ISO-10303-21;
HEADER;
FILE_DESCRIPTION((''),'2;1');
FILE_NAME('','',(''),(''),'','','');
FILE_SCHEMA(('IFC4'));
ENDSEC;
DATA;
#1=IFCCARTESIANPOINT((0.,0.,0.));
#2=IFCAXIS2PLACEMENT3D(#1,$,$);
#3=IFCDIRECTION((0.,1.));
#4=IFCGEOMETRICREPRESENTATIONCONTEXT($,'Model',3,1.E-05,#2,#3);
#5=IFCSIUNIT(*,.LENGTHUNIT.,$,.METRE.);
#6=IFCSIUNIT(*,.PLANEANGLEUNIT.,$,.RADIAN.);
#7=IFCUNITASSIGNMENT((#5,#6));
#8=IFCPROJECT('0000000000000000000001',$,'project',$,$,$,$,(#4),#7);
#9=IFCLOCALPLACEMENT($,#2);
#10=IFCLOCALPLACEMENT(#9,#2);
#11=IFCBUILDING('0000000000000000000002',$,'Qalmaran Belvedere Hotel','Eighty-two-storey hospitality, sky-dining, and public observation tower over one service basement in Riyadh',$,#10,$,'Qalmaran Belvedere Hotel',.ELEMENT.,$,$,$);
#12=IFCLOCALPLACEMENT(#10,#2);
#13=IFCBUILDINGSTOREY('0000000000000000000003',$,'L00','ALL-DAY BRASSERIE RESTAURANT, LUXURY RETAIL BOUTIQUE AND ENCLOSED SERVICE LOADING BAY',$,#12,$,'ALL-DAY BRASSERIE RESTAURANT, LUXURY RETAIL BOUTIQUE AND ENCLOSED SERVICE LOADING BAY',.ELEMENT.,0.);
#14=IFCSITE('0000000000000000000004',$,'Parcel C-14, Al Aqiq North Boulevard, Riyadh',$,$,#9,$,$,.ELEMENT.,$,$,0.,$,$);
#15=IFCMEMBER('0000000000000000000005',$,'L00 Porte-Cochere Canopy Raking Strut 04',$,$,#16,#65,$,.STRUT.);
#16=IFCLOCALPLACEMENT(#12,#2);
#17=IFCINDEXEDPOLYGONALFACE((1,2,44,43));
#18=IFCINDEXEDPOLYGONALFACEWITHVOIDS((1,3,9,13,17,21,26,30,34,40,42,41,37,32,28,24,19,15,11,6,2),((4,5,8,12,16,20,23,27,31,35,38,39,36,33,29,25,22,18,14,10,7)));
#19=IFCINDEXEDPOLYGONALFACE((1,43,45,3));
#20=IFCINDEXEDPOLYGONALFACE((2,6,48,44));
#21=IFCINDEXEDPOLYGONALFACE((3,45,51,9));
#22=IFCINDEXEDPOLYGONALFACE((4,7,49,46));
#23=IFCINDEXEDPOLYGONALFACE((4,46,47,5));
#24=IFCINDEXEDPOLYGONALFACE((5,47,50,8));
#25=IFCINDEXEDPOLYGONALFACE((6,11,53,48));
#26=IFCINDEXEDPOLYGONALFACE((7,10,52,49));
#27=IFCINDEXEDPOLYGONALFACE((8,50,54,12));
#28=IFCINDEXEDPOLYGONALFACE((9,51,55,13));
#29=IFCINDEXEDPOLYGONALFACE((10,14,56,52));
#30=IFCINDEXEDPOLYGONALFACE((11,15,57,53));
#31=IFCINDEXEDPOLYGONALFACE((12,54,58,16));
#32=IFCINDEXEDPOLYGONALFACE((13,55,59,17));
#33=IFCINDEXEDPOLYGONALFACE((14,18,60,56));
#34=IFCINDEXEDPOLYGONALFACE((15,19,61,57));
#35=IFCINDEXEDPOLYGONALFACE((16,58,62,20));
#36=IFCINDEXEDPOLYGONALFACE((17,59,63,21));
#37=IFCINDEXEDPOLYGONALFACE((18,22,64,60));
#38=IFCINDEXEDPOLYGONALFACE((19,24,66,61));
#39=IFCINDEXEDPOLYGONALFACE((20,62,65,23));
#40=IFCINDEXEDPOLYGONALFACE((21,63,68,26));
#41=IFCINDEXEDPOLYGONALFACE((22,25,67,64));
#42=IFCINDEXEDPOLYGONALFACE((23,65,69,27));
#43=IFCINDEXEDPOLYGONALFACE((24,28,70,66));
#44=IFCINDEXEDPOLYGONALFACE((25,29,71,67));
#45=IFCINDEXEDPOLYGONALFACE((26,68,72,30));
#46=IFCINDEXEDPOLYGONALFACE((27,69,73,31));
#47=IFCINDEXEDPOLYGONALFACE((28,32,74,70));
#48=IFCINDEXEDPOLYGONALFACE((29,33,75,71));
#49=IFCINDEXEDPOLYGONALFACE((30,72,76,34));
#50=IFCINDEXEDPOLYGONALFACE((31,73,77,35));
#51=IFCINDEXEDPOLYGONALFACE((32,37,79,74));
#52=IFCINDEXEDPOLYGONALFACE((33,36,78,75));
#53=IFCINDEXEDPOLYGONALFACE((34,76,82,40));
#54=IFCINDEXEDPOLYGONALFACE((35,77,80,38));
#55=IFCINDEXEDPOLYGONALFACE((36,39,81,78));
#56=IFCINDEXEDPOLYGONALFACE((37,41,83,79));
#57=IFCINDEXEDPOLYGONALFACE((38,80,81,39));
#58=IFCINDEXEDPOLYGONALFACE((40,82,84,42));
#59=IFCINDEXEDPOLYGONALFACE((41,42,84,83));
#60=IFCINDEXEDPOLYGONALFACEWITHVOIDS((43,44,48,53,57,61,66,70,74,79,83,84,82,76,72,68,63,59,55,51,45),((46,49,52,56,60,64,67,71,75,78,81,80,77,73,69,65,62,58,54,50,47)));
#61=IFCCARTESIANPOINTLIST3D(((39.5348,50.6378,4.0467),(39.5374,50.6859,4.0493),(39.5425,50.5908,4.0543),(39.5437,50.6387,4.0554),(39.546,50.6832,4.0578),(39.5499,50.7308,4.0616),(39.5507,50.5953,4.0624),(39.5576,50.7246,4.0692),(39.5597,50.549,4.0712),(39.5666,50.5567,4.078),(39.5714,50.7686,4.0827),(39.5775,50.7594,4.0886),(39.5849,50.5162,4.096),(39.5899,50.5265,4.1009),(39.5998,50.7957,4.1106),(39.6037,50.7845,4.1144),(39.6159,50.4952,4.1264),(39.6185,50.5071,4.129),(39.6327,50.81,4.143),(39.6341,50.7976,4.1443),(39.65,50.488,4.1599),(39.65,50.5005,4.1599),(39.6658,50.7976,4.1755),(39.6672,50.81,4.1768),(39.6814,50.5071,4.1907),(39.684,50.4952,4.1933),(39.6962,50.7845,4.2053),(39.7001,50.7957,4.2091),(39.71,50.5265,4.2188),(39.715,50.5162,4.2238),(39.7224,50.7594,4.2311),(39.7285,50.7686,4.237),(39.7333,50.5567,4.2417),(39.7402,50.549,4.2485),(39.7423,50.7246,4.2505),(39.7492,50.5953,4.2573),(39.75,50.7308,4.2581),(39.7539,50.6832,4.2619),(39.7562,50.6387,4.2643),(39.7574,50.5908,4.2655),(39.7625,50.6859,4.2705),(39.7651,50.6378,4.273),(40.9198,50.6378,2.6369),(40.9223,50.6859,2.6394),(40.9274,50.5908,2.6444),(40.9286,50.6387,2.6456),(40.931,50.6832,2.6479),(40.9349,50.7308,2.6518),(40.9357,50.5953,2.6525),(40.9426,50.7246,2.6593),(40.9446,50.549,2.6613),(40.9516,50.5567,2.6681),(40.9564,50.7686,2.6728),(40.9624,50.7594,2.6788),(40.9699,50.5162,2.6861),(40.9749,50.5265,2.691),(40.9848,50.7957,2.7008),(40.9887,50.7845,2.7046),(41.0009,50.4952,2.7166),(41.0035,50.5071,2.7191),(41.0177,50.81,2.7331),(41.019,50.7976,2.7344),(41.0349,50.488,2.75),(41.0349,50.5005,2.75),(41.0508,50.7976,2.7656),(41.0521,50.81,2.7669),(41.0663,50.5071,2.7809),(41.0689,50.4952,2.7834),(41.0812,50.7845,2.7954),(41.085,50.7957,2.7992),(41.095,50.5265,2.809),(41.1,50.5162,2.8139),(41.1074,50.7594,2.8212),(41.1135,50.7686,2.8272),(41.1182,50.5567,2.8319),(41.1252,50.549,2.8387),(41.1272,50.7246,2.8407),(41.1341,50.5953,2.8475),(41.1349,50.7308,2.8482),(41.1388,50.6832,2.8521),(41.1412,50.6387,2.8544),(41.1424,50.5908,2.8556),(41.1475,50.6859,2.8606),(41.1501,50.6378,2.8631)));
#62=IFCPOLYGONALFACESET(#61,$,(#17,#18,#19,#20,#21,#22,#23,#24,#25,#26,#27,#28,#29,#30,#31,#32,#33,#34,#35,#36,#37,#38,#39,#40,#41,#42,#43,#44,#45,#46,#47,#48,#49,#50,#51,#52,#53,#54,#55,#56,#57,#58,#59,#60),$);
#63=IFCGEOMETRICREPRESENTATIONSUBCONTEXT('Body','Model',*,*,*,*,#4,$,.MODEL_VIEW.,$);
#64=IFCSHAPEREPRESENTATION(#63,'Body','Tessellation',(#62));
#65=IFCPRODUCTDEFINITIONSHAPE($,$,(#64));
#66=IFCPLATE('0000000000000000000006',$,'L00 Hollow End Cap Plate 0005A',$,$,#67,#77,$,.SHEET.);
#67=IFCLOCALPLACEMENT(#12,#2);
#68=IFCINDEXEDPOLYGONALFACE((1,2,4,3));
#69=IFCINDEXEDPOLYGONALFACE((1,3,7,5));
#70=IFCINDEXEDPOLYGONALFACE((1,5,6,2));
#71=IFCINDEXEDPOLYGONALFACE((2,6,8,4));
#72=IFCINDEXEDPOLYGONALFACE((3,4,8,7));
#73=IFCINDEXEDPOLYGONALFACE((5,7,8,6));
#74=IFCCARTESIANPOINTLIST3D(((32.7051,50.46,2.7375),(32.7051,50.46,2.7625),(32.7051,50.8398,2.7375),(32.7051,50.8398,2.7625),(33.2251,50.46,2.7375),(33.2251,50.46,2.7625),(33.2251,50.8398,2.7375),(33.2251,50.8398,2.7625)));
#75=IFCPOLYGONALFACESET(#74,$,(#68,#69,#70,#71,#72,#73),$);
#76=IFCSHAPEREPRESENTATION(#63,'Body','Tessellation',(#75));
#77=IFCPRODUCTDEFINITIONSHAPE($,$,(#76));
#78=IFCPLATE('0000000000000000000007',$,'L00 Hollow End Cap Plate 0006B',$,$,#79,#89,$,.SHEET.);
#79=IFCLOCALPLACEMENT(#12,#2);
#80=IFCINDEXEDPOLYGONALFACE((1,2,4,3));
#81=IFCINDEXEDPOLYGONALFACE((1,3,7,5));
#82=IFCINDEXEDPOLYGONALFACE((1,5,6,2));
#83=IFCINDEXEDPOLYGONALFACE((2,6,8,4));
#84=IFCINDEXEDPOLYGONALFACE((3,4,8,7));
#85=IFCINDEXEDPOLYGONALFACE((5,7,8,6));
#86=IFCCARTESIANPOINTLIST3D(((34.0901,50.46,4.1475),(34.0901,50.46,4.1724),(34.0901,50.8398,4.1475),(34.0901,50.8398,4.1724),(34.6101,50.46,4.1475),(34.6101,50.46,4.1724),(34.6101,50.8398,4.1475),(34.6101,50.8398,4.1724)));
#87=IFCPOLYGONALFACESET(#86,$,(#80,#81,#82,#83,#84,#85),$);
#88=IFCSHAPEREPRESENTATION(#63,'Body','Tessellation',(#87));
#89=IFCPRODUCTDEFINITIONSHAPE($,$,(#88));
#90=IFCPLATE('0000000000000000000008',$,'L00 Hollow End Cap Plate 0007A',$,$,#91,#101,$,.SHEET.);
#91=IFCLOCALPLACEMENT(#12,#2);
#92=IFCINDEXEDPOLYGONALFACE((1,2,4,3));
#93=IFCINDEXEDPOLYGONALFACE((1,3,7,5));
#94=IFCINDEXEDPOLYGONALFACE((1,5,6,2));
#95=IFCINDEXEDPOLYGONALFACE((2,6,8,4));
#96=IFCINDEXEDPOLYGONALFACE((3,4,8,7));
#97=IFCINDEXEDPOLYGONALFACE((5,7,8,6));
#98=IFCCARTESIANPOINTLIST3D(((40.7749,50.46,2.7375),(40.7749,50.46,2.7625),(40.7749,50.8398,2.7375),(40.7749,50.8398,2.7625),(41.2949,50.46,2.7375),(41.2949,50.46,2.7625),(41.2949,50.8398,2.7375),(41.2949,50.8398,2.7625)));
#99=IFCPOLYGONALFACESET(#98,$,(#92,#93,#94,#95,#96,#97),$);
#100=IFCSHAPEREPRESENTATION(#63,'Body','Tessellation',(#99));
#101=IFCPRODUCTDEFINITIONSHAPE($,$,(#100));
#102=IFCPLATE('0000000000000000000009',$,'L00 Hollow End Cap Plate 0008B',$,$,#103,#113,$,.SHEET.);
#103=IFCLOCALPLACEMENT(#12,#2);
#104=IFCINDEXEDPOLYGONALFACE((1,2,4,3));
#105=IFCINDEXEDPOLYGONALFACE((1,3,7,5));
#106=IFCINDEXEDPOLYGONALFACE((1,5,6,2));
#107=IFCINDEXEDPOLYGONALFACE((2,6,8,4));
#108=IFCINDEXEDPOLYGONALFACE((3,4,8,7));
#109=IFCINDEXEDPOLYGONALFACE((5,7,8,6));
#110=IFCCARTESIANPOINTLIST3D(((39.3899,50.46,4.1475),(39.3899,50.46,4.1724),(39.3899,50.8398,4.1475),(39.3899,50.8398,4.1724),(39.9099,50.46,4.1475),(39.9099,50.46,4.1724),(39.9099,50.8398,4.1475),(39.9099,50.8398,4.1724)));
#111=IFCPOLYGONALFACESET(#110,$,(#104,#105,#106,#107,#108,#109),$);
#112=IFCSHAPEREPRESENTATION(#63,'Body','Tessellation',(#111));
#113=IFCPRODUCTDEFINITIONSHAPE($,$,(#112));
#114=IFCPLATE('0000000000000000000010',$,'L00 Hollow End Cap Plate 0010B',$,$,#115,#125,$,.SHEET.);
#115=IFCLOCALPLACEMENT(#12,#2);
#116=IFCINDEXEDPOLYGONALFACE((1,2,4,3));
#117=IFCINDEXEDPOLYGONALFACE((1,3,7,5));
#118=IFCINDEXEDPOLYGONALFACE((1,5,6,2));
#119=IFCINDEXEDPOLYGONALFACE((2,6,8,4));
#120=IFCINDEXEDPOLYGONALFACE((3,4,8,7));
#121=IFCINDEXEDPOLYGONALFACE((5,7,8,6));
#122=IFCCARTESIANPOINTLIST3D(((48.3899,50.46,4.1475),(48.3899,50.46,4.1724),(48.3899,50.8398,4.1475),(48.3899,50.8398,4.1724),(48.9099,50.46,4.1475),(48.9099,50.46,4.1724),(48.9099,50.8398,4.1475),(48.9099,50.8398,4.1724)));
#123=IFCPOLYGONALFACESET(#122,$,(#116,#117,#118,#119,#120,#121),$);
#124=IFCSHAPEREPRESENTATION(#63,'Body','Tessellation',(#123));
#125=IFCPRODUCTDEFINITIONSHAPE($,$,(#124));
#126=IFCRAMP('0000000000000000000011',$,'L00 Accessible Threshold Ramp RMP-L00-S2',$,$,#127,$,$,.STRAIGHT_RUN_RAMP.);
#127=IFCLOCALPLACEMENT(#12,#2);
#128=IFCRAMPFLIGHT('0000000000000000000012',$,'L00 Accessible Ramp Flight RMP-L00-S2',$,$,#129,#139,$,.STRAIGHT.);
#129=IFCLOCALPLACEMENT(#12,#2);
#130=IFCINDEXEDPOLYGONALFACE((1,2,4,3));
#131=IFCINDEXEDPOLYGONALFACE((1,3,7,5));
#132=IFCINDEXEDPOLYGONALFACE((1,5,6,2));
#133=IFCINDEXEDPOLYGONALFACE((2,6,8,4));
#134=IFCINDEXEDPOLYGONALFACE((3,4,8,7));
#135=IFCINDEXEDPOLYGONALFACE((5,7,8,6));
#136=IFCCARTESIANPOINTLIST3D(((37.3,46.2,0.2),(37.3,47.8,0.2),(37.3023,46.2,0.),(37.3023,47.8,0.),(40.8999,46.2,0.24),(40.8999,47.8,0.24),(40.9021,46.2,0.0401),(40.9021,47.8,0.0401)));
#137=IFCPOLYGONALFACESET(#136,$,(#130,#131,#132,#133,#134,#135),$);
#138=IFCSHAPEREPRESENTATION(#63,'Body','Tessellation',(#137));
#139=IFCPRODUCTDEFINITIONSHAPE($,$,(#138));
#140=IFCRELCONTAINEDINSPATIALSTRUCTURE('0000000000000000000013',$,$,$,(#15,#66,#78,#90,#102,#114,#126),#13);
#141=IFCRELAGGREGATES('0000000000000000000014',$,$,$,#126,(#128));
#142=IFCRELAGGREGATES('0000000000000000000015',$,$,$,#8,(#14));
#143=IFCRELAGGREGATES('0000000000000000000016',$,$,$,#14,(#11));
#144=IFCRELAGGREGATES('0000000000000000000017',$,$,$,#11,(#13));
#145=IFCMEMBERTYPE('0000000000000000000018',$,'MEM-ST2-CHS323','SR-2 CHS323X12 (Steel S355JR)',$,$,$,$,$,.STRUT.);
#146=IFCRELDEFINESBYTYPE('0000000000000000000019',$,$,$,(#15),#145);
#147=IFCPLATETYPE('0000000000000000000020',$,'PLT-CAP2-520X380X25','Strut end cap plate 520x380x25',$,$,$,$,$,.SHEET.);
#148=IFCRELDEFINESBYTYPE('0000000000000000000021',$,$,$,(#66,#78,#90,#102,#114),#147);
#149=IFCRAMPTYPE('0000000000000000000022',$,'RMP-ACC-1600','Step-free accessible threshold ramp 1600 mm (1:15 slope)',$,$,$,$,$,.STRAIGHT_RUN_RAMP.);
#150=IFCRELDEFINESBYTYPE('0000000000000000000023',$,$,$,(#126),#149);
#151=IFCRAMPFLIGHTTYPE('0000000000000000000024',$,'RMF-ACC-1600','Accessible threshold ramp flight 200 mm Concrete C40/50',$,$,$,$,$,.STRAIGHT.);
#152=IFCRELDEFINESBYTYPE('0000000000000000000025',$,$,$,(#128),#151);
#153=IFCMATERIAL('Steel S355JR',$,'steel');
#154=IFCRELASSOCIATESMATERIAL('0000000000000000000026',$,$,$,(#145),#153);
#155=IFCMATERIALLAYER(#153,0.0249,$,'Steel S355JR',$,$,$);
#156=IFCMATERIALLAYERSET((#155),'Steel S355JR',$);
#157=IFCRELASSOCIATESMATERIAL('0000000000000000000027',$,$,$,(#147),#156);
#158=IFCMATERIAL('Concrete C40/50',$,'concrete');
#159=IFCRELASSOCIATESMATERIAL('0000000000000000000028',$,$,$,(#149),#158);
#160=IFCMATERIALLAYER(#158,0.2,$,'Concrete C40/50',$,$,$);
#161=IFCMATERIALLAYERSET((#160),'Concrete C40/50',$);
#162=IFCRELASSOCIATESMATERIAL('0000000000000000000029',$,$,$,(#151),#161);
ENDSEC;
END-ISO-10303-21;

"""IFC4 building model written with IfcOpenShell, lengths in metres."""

from ifc_helpers import new_model, si_unit, direction, frame, origin, origin_2d, place, context, subcontext, project, spatial, polyline, rectangle, hollow_circle, outline, extrude, material, layer, layer_set, material_profile, profile_set, type_object, element, aggregate, save


model = new_model("IFC4")

# Units and contexts
model_context = context("Model", 3, precision=1e-05, world=origin(), true_north=direction((0.0, 1.0)))
body_context = subcontext(model_context, "Body", "Model", "MODEL_VIEW")
ifc_project = project(units=[si_unit("LENGTHUNIT", "METRE"), si_unit("PLANEANGLEUNIT", "RADIAN")], contexts=[model_context])

# Site, building, storey
site_placement = place(None, origin())
site = spatial("IfcSite", under=ifc_project, at=site_placement, Name="Parcel C-14, Al Aqiq North Boulevard, Riyadh", CompositionType="ELEMENT", RefElevation=0.0)
building_placement = place(site_placement, origin())
building = spatial("IfcBuilding", under=site, at=building_placement, Name="Qalmaran Belvedere Hotel", Description="Eighty-two-storey hospitality, sky-dining, and public observation tower over one service basement in Riyadh", LongName="Qalmaran Belvedere Hotel", CompositionType="ELEMENT")
storey_placement = place(building_placement, origin())
storey = spatial("IfcBuildingStorey", under=building, at=storey_placement, Name="L00", Description="ALL-DAY BRASSERIE RESTAURANT, LUXURY RETAIL BOUTIQUE AND ENCLOSED SERVICE LOADING BAY", LongName="ALL-DAY BRASSERIE RESTAURANT, LUXURY RETAIL BOUTIQUE AND ENCLOSED SERVICE LOADING BAY", CompositionType="ELEMENT", Elevation=0.0)

# Shared definitions
ifc_material_1 = material(Name="Steel S355JR", Category="steel")

# Member
ifc_material_profile_1 = material_profile(ifc_material_1, hollow_circle(Radius=0.1619, WallThickness=0.0125, at=origin_2d()), Name="CHS323X12")
ifc_profile_set_1 = profile_set([ifc_material_profile_1], Name="Steel S355JR")
member_type_1 = type_object("IfcMemberType", Name="MEM-ST2-CHS323", Description="SR-2 CHS323X12 (Steel S355JR)", PredefinedType="STRUT", material=ifc_profile_set_1)
member_1_placement = place(storey_placement, frame((41.0349, 50.6499, 2.75), z_axis=(-0.700779, 0.0, 0.713379), x_axis=(0.0, -1.0, 0.0)))
element("IfcMember", 1, at=member_1_placement, inside=storey, type_object=member_type_1, Name="L00 Porte-Cochere Canopy Raking Strut 04", PredefinedType="STRUT", context=body_context, shape_type="SweptSolid", body=[
    extrude(hollow_circle(Radius=0.1619, WallThickness=0.0125, at=origin_2d()), origin(), (0.0, 0.0, 1.0), 1.9763),
])

# Plates
ifc_layer_1 = layer(ifc_material_1, 0.0249, Name="Steel S355JR")
ifc_layer_set_1 = layer_set([ifc_layer_1], Name="Steel S355JR")
plate_type = type_object("IfcPlateType", Name="PLT-CAP2-520X380X25", Description="Strut end cap plate 520x380x25", PredefinedType="SHEET", material=ifc_layer_set_1)
for number, where, z_axis, x_axis, name in (
    (2, (32.9651, 50.6499, 2.7375), (0.0, 0.0, 1.0), (1.0, 0.0, 0.0), "L00 Hollow End Cap Plate 0005A"),
    (3, (34.3501, 50.6499, 4.1475), (0.0, 0.0, 1.0), (1.0, 0.0, 0.0), "L00 Hollow End Cap Plate 0006B"),
    (4, (41.0349, 50.6499, 2.7375), (0.0, 0.0, 1.0), (-1.0, 0.0, 0.0), "L00 Hollow End Cap Plate 0007A"),
    (5, (39.6499, 50.6499, 4.1475), (0.0, 0.0, 1.0), (-1.0, 0.0, 0.0), "L00 Hollow End Cap Plate 0008B"),
    (6, (48.6499, 50.6499, 4.1475), (0.0, 0.0, 1.0), (-1.0, 0.0, 0.0), "L00 Hollow End Cap Plate 0010B"),
):
    element("IfcPlate", number, at=place(storey_placement, frame(where, z_axis=z_axis, x_axis=x_axis)), inside=storey, type_object=plate_type, Name=name, PredefinedType="SHEET", context=body_context, shape_type="SweptSolid", body=[
        extrude(rectangle(XDim=0.52, YDim=0.3799, at=origin_2d()), origin(), (0.0, 0.0, 1.0), 0.0249),
    ])

# Ramp, ramp flight
ifc_material_2 = material(Name="Concrete C40/50", Category="concrete")
ramp_type = type_object("IfcRampType", Name="RMP-ACC-1600", Description="Step-free accessible threshold ramp 1600 mm (1:15 slope)", PredefinedType="STRAIGHT_RUN_RAMP", material=ifc_material_2)
ramp_placement = place(storey_placement, origin())
ramp = element("IfcRamp", 7, at=ramp_placement, inside=storey, type_object=ramp_type, Name="L00 Accessible Threshold Ramp RMP-L00-S2", PredefinedType="STRAIGHT_RUN_RAMP")
ifc_layer_2 = layer(ifc_material_2, 0.2, Name="Concrete C40/50")
ifc_layer_set_2 = layer_set([ifc_layer_2], Name="Concrete C40/50")
ramp_flight_type = type_object("IfcRampFlightType", Name="RMF-ACC-1600", Description="Accessible threshold ramp flight 200 mm Concrete C40/50", PredefinedType="STRAIGHT", material=ifc_layer_set_2)
ramp_flight_placement = place(storey_placement, frame((37.3, 46.2, 0.2), z_axis=(-0.011122, 0.0, 0.999938), x_axis=(0.999938, 0.0, 0.011122)))
ramp_flight = element("IfcRampFlight", 8, at=ramp_flight_placement, type_object=ramp_flight_type, Name="L00 Accessible Ramp Flight RMP-L00-S2", PredefinedType="STRAIGHT", context=body_context, shape_type="SweptSolid", body=[
    extrude(outline(polyline([(0.0, 0.0), (3.6001, 0.0), (3.6001, 1.6001), (0.0, 1.6001), (0.0, 0.0)])), origin(), (0.0, 0.0, -1.0), 0.2),
])
aggregate(ramp, [ramp_flight])

save(model, "model.ifc")
